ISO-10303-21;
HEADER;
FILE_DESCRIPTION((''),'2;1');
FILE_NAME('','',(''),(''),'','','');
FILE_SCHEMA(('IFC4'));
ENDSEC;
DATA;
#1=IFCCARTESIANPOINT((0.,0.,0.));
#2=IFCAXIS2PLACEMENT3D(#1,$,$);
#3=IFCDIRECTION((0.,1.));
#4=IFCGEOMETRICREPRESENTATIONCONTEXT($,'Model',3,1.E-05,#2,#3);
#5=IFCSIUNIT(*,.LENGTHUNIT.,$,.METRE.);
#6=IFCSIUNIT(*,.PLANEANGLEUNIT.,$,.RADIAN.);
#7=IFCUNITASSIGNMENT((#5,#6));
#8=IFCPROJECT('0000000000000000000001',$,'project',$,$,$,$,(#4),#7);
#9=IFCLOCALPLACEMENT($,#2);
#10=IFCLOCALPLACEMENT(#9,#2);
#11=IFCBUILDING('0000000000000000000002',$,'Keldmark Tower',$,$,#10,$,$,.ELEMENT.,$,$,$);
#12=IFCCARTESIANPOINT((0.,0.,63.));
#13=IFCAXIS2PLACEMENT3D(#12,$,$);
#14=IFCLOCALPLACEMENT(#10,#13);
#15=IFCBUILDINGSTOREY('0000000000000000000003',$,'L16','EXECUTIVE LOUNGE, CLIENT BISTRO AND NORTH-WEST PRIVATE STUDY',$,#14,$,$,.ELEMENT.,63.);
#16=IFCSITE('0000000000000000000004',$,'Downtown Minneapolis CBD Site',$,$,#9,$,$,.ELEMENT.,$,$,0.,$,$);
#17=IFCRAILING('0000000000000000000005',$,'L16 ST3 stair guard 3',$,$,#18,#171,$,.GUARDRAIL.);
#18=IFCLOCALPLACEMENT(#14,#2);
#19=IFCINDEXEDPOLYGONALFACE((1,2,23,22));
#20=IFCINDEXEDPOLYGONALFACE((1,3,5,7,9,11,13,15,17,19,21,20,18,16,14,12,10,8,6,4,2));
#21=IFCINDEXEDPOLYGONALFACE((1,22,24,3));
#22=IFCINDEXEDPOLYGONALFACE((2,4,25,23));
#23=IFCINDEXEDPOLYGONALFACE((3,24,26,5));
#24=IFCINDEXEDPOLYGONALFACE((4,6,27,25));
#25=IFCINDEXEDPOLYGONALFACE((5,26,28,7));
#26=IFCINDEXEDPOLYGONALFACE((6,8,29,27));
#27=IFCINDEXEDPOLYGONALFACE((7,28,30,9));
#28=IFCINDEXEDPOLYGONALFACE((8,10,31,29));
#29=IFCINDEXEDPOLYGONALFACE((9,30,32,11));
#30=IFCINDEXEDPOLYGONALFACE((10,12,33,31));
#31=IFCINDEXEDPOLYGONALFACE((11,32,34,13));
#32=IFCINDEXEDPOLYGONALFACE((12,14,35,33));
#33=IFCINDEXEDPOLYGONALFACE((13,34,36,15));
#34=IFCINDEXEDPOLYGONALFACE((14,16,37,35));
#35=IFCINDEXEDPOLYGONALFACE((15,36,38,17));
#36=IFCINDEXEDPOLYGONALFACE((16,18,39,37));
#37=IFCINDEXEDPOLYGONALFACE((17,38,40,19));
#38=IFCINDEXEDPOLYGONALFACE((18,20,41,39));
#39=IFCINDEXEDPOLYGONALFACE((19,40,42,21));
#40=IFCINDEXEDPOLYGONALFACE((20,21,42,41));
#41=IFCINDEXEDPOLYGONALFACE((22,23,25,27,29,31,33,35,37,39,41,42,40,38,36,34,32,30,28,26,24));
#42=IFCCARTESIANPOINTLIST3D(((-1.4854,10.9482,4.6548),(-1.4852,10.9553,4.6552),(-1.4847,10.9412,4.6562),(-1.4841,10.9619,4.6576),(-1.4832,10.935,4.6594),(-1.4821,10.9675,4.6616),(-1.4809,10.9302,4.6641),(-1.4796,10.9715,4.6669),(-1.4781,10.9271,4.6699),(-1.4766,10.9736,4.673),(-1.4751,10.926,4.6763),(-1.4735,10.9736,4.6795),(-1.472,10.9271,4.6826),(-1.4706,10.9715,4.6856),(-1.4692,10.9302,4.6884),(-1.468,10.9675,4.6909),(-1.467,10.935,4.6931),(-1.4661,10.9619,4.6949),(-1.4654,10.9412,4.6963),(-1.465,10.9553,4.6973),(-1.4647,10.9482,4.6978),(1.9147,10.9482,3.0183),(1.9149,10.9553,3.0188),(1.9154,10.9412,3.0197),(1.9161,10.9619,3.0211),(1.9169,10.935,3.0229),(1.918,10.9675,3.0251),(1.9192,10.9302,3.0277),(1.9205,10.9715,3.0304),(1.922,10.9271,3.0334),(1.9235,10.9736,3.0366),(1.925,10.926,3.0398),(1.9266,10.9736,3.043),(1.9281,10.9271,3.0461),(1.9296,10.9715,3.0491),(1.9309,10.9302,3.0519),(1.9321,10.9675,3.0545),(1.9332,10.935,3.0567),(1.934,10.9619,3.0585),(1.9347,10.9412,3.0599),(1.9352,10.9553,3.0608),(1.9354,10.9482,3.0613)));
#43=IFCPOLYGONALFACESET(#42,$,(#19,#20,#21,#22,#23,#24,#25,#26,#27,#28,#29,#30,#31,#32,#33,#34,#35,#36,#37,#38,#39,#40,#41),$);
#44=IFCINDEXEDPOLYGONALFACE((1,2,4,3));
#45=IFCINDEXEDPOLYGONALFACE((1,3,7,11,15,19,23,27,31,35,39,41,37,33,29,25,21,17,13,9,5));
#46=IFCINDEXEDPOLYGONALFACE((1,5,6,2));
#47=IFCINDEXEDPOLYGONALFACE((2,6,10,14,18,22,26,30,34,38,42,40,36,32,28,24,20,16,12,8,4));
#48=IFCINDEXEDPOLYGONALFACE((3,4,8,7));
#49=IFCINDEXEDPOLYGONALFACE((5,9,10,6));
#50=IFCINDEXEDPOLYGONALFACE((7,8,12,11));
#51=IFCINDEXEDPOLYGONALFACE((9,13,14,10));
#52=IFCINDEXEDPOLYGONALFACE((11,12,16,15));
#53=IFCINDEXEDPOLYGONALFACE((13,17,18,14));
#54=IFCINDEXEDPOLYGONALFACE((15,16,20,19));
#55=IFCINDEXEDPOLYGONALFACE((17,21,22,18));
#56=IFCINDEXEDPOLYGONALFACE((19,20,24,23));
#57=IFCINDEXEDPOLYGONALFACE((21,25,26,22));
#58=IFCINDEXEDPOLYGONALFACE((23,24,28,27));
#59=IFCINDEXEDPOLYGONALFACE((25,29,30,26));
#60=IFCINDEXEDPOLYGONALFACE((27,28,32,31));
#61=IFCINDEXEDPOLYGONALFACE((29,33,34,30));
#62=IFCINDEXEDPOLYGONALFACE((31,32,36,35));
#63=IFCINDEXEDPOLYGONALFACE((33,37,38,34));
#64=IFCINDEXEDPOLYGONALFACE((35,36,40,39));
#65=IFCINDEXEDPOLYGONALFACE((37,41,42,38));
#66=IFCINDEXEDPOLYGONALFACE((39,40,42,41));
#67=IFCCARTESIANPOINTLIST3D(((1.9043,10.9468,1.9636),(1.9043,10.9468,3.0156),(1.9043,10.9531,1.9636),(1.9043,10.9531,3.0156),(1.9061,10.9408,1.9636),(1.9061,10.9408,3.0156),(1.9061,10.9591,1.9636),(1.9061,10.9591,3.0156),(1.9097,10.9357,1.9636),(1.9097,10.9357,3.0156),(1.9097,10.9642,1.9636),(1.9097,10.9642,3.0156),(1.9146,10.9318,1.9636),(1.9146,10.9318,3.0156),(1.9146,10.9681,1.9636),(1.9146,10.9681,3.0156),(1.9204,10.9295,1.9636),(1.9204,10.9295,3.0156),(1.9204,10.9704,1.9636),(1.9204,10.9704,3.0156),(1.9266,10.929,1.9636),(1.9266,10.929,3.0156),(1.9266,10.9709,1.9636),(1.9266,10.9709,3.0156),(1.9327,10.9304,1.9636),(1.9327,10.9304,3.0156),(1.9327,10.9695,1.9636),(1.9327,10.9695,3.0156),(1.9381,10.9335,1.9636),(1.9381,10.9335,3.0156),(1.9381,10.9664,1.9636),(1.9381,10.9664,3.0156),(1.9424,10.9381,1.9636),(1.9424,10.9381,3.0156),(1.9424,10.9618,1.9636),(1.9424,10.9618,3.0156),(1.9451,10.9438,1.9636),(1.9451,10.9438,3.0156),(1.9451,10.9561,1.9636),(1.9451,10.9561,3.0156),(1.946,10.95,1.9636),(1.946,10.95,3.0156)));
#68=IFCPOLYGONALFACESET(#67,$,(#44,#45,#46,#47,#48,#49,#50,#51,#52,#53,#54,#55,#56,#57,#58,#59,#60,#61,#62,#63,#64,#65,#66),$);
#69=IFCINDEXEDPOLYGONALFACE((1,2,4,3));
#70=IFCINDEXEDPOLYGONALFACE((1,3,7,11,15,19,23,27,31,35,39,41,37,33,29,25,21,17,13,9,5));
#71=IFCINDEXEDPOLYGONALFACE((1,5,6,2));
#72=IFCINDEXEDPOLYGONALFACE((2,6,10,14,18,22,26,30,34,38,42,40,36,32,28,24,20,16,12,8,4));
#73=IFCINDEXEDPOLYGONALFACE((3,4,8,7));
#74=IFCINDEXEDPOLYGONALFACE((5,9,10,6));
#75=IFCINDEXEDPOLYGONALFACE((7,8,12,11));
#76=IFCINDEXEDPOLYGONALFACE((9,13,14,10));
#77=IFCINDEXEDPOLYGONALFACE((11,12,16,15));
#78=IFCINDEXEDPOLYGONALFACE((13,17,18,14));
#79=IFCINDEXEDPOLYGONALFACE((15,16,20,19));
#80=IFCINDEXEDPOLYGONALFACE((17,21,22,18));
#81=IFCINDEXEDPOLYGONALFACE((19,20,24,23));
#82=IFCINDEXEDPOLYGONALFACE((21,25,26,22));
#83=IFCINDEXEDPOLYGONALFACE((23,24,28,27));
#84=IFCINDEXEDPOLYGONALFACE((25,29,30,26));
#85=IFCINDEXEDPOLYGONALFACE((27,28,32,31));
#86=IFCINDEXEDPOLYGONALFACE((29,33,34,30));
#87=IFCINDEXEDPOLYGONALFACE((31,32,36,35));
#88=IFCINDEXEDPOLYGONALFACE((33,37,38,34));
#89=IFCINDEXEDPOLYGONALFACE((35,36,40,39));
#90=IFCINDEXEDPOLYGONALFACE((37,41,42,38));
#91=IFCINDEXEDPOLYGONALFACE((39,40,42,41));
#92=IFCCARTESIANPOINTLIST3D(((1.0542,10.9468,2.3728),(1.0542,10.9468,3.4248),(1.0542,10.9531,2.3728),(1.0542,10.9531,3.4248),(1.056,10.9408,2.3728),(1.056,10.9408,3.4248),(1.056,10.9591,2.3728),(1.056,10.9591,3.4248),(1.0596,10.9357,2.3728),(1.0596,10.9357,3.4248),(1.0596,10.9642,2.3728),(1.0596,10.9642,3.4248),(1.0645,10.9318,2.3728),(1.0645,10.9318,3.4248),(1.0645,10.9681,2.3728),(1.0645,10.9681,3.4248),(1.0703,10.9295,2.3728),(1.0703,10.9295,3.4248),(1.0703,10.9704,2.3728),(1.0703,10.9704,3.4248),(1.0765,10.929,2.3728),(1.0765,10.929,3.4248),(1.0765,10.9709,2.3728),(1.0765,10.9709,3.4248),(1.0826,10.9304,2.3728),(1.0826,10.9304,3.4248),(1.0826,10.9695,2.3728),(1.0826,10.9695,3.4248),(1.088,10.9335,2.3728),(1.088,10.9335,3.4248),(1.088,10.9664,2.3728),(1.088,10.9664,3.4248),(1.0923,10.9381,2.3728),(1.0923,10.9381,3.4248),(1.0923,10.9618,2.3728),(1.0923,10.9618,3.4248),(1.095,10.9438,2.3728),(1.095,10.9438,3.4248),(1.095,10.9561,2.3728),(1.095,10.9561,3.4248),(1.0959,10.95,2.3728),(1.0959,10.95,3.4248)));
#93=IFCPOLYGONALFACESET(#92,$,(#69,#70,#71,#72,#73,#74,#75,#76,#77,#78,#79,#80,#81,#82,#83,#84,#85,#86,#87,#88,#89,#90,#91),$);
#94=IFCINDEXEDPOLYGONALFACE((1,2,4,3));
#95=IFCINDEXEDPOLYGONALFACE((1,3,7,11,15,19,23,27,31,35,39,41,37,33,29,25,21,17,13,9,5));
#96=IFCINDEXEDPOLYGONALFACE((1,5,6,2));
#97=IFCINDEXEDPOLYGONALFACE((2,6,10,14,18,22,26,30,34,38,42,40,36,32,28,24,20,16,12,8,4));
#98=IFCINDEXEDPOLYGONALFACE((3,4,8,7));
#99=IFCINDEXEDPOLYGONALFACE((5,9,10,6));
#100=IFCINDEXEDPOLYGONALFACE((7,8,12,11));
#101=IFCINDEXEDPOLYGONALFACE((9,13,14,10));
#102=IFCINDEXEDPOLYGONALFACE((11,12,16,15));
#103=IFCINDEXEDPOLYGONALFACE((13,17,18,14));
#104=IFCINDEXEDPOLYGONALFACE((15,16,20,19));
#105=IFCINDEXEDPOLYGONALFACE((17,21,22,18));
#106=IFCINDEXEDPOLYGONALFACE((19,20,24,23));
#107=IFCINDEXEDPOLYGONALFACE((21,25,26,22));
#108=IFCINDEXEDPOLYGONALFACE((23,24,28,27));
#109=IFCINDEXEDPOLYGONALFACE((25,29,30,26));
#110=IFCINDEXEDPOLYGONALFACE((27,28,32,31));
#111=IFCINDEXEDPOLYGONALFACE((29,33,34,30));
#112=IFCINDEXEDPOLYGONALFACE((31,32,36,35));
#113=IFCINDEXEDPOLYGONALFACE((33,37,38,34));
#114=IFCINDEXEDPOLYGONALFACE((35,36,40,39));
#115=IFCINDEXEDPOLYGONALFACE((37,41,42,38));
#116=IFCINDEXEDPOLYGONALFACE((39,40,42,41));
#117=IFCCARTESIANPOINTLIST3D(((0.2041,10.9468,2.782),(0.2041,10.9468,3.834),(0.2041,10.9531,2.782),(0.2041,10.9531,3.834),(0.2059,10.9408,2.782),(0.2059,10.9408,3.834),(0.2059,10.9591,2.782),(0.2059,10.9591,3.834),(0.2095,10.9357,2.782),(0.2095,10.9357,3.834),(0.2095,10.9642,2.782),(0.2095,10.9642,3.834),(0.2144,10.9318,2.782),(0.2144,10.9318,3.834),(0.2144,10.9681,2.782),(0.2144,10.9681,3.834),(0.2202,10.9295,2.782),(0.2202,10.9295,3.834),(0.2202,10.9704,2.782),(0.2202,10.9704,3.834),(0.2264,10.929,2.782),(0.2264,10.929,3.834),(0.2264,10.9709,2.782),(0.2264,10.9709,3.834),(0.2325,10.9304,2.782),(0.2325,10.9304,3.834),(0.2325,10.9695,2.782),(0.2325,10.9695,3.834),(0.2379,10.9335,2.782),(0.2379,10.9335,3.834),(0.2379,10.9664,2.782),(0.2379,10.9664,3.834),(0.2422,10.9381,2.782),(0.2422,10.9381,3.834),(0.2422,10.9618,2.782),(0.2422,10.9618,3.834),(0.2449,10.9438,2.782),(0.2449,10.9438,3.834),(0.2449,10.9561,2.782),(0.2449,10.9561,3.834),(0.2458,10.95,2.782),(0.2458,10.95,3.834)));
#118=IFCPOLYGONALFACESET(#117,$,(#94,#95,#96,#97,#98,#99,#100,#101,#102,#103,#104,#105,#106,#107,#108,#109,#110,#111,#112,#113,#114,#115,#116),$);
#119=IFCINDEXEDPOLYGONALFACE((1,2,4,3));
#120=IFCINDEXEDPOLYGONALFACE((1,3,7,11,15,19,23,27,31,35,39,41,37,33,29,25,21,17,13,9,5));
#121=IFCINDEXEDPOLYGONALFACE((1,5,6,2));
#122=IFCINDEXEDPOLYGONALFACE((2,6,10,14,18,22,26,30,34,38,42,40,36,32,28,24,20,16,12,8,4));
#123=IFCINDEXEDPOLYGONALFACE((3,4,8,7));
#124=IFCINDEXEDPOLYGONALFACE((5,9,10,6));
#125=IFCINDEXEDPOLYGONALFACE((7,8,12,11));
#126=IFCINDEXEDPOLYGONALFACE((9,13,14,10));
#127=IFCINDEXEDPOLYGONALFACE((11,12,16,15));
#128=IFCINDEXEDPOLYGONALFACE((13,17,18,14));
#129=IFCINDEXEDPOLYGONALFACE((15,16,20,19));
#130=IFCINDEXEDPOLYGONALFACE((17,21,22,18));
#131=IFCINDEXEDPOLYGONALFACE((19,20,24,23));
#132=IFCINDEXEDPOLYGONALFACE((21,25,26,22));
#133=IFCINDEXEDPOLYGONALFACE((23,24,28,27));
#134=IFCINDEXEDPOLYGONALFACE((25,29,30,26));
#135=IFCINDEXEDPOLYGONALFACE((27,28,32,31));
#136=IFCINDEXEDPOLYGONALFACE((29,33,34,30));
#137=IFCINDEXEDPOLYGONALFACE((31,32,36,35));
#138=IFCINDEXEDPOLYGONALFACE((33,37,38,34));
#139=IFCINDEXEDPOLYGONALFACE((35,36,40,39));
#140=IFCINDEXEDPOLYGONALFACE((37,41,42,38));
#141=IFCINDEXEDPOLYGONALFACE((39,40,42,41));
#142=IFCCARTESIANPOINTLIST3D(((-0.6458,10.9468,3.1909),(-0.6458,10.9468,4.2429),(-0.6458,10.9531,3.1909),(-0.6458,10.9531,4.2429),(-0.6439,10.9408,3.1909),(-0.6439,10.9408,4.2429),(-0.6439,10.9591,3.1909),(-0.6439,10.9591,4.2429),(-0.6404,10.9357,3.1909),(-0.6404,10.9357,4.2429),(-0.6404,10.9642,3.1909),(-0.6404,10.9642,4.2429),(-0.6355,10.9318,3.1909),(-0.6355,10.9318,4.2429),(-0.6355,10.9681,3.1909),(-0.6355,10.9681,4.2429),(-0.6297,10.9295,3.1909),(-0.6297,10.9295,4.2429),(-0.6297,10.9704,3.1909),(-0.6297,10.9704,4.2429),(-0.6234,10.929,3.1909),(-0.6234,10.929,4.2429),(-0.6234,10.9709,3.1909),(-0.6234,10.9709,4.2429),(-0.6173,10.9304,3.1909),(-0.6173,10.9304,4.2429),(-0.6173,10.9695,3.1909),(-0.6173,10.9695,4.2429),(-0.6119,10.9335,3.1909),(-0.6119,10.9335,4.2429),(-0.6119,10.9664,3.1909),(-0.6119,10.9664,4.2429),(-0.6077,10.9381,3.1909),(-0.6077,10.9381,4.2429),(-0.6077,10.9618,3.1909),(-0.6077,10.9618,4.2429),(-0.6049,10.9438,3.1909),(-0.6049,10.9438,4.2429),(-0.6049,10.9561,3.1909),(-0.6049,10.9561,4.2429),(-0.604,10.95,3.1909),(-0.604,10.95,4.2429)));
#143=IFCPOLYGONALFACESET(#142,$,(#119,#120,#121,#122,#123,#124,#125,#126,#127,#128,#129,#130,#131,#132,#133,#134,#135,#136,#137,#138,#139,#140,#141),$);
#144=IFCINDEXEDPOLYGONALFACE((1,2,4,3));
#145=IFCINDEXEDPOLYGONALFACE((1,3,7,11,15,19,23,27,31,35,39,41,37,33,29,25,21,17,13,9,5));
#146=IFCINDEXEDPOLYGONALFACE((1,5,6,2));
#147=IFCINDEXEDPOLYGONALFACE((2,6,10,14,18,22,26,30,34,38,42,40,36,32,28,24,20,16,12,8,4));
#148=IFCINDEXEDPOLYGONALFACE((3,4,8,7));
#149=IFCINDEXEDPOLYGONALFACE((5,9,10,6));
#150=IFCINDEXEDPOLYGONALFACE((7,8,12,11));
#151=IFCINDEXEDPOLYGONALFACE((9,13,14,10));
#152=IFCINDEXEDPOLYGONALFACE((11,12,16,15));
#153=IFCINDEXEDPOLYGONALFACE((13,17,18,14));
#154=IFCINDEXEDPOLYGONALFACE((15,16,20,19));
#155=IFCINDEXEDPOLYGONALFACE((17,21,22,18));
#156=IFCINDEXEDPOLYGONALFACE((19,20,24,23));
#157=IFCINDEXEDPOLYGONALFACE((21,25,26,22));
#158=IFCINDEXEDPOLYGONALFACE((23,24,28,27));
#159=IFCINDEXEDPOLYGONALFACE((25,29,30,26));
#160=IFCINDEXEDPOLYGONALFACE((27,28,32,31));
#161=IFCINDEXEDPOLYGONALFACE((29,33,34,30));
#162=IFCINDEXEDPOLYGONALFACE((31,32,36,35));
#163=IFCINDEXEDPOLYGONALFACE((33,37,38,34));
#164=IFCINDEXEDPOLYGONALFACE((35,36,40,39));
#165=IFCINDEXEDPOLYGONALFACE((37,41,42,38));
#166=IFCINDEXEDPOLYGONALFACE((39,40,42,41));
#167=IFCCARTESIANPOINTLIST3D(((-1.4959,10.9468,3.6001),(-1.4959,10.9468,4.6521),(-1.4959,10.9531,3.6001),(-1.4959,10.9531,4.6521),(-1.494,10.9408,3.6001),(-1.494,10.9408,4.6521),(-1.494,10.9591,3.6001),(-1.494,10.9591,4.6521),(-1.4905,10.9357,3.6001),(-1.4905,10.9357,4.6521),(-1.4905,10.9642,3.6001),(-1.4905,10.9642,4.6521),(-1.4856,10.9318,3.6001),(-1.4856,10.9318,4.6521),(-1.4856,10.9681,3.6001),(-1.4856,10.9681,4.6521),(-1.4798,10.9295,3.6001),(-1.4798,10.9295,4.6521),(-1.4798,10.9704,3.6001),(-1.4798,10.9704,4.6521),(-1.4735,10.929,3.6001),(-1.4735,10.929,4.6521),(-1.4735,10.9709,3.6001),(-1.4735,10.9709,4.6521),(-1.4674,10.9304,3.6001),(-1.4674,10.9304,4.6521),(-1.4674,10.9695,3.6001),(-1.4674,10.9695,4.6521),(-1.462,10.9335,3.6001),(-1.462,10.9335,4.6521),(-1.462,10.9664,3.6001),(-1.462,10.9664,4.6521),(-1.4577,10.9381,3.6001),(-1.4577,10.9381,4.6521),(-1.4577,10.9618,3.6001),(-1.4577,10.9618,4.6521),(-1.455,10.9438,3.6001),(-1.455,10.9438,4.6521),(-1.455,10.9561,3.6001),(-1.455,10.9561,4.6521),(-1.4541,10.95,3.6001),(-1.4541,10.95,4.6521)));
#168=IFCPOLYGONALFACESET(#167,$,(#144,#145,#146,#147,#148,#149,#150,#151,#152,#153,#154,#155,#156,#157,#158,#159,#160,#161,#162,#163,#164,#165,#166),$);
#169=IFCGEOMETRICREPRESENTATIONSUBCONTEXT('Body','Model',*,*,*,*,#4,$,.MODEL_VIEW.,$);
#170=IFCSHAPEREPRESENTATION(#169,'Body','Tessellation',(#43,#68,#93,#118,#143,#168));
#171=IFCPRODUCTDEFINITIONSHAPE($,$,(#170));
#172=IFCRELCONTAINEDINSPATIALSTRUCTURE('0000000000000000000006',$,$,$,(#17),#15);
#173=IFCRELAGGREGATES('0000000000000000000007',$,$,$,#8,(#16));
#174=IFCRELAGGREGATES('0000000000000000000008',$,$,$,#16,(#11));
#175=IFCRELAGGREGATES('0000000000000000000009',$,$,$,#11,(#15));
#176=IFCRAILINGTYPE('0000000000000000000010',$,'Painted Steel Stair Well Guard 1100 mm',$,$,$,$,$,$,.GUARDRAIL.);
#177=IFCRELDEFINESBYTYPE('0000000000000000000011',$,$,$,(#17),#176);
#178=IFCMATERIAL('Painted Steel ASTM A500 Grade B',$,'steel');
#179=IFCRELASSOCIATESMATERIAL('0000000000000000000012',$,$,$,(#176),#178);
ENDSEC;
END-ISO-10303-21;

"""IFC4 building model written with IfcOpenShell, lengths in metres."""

from ifc_helpers import new_model, si_unit, direction, frame, origin, origin_2d, place, context, subcontext, project, spatial, circle, extrude, material, type_object, element, save


model = new_model("IFC4")

# Units and contexts
model_context = context("Model", 3, precision=1e-05, world=origin(), true_north=direction((0.0, 1.0)))
body_context = subcontext(model_context, "Body", "Model", "MODEL_VIEW")
ifc_project = project(units=[si_unit("LENGTHUNIT", "METRE"), si_unit("PLANEANGLEUNIT", "RADIAN")], contexts=[model_context])

# Site, building, storey
site_placement = place(None, origin())
site = spatial("IfcSite", under=ifc_project, at=site_placement, Name="Downtown Minneapolis CBD Site", CompositionType="ELEMENT", RefElevation=0.0)
building_placement = place(site_placement, origin())
building = spatial("IfcBuilding", under=site, at=building_placement, Name="Keldmark Tower", CompositionType="ELEMENT")
storey_placement = place(building_placement, frame((0.0, 0.0, 63.0)))
storey = spatial("IfcBuildingStorey", under=building, at=storey_placement, Name="L16", Description="EXECUTIVE LOUNGE, CLIENT BISTRO AND NORTH-WEST PRIVATE STUDY", CompositionType="ELEMENT", Elevation=63.0)

# Railing
ifc_material_1 = material(Name="Painted Steel ASTM A500 Grade B", Category="steel")
railing_type_1 = type_object("IfcRailingType", Name="Painted Steel Stair Well Guard 1100 mm", PredefinedType="GUARDRAIL", material=ifc_material_1)
railing_1_placement = place(storey_placement, frame((1.925, 10.95, 1.9636)))
element("IfcRailing", 1, at=railing_1_placement, inside=storey, type_object=railing_type_1, Name="L16 ST3 stair guard 3", PredefinedType="GUARDRAIL", context=body_context, shape_type="SweptSolid", body=[
    extrude(circle(Radius=0.0239, at=origin_2d()), frame((0.0, 0.0, 1.0762), z_axis=(-0.901067, 0.0, 0.433679), x_axis=(0.0, -1.0, 0.0)), (0.0, 0.0, 1.0), 3.7734),
    extrude(circle(Radius=0.021, at=origin_2d()), origin(), (0.0, 0.0, 1.0), 1.052),
    extrude(circle(Radius=0.021, at=origin_2d()), frame((-0.8501, 0.0, 0.4092)), (0.0, 0.0, 1.0), 1.052),
    extrude(circle(Radius=0.021, at=origin_2d()), frame((-1.7002, 0.0, 0.8184)), (0.0, 0.0, 1.0), 1.052),
    extrude(circle(Radius=0.021, at=origin_2d()), frame((-2.55, 0.0, 1.2273)), (0.0, 0.0, 1.0), 1.052),
    extrude(circle(Radius=0.021, at=origin_2d()), frame((-3.4001, 0.0, 1.6365)), (0.0, 0.0, 1.0), 1.052),
])

save(model, "model.ifc")
